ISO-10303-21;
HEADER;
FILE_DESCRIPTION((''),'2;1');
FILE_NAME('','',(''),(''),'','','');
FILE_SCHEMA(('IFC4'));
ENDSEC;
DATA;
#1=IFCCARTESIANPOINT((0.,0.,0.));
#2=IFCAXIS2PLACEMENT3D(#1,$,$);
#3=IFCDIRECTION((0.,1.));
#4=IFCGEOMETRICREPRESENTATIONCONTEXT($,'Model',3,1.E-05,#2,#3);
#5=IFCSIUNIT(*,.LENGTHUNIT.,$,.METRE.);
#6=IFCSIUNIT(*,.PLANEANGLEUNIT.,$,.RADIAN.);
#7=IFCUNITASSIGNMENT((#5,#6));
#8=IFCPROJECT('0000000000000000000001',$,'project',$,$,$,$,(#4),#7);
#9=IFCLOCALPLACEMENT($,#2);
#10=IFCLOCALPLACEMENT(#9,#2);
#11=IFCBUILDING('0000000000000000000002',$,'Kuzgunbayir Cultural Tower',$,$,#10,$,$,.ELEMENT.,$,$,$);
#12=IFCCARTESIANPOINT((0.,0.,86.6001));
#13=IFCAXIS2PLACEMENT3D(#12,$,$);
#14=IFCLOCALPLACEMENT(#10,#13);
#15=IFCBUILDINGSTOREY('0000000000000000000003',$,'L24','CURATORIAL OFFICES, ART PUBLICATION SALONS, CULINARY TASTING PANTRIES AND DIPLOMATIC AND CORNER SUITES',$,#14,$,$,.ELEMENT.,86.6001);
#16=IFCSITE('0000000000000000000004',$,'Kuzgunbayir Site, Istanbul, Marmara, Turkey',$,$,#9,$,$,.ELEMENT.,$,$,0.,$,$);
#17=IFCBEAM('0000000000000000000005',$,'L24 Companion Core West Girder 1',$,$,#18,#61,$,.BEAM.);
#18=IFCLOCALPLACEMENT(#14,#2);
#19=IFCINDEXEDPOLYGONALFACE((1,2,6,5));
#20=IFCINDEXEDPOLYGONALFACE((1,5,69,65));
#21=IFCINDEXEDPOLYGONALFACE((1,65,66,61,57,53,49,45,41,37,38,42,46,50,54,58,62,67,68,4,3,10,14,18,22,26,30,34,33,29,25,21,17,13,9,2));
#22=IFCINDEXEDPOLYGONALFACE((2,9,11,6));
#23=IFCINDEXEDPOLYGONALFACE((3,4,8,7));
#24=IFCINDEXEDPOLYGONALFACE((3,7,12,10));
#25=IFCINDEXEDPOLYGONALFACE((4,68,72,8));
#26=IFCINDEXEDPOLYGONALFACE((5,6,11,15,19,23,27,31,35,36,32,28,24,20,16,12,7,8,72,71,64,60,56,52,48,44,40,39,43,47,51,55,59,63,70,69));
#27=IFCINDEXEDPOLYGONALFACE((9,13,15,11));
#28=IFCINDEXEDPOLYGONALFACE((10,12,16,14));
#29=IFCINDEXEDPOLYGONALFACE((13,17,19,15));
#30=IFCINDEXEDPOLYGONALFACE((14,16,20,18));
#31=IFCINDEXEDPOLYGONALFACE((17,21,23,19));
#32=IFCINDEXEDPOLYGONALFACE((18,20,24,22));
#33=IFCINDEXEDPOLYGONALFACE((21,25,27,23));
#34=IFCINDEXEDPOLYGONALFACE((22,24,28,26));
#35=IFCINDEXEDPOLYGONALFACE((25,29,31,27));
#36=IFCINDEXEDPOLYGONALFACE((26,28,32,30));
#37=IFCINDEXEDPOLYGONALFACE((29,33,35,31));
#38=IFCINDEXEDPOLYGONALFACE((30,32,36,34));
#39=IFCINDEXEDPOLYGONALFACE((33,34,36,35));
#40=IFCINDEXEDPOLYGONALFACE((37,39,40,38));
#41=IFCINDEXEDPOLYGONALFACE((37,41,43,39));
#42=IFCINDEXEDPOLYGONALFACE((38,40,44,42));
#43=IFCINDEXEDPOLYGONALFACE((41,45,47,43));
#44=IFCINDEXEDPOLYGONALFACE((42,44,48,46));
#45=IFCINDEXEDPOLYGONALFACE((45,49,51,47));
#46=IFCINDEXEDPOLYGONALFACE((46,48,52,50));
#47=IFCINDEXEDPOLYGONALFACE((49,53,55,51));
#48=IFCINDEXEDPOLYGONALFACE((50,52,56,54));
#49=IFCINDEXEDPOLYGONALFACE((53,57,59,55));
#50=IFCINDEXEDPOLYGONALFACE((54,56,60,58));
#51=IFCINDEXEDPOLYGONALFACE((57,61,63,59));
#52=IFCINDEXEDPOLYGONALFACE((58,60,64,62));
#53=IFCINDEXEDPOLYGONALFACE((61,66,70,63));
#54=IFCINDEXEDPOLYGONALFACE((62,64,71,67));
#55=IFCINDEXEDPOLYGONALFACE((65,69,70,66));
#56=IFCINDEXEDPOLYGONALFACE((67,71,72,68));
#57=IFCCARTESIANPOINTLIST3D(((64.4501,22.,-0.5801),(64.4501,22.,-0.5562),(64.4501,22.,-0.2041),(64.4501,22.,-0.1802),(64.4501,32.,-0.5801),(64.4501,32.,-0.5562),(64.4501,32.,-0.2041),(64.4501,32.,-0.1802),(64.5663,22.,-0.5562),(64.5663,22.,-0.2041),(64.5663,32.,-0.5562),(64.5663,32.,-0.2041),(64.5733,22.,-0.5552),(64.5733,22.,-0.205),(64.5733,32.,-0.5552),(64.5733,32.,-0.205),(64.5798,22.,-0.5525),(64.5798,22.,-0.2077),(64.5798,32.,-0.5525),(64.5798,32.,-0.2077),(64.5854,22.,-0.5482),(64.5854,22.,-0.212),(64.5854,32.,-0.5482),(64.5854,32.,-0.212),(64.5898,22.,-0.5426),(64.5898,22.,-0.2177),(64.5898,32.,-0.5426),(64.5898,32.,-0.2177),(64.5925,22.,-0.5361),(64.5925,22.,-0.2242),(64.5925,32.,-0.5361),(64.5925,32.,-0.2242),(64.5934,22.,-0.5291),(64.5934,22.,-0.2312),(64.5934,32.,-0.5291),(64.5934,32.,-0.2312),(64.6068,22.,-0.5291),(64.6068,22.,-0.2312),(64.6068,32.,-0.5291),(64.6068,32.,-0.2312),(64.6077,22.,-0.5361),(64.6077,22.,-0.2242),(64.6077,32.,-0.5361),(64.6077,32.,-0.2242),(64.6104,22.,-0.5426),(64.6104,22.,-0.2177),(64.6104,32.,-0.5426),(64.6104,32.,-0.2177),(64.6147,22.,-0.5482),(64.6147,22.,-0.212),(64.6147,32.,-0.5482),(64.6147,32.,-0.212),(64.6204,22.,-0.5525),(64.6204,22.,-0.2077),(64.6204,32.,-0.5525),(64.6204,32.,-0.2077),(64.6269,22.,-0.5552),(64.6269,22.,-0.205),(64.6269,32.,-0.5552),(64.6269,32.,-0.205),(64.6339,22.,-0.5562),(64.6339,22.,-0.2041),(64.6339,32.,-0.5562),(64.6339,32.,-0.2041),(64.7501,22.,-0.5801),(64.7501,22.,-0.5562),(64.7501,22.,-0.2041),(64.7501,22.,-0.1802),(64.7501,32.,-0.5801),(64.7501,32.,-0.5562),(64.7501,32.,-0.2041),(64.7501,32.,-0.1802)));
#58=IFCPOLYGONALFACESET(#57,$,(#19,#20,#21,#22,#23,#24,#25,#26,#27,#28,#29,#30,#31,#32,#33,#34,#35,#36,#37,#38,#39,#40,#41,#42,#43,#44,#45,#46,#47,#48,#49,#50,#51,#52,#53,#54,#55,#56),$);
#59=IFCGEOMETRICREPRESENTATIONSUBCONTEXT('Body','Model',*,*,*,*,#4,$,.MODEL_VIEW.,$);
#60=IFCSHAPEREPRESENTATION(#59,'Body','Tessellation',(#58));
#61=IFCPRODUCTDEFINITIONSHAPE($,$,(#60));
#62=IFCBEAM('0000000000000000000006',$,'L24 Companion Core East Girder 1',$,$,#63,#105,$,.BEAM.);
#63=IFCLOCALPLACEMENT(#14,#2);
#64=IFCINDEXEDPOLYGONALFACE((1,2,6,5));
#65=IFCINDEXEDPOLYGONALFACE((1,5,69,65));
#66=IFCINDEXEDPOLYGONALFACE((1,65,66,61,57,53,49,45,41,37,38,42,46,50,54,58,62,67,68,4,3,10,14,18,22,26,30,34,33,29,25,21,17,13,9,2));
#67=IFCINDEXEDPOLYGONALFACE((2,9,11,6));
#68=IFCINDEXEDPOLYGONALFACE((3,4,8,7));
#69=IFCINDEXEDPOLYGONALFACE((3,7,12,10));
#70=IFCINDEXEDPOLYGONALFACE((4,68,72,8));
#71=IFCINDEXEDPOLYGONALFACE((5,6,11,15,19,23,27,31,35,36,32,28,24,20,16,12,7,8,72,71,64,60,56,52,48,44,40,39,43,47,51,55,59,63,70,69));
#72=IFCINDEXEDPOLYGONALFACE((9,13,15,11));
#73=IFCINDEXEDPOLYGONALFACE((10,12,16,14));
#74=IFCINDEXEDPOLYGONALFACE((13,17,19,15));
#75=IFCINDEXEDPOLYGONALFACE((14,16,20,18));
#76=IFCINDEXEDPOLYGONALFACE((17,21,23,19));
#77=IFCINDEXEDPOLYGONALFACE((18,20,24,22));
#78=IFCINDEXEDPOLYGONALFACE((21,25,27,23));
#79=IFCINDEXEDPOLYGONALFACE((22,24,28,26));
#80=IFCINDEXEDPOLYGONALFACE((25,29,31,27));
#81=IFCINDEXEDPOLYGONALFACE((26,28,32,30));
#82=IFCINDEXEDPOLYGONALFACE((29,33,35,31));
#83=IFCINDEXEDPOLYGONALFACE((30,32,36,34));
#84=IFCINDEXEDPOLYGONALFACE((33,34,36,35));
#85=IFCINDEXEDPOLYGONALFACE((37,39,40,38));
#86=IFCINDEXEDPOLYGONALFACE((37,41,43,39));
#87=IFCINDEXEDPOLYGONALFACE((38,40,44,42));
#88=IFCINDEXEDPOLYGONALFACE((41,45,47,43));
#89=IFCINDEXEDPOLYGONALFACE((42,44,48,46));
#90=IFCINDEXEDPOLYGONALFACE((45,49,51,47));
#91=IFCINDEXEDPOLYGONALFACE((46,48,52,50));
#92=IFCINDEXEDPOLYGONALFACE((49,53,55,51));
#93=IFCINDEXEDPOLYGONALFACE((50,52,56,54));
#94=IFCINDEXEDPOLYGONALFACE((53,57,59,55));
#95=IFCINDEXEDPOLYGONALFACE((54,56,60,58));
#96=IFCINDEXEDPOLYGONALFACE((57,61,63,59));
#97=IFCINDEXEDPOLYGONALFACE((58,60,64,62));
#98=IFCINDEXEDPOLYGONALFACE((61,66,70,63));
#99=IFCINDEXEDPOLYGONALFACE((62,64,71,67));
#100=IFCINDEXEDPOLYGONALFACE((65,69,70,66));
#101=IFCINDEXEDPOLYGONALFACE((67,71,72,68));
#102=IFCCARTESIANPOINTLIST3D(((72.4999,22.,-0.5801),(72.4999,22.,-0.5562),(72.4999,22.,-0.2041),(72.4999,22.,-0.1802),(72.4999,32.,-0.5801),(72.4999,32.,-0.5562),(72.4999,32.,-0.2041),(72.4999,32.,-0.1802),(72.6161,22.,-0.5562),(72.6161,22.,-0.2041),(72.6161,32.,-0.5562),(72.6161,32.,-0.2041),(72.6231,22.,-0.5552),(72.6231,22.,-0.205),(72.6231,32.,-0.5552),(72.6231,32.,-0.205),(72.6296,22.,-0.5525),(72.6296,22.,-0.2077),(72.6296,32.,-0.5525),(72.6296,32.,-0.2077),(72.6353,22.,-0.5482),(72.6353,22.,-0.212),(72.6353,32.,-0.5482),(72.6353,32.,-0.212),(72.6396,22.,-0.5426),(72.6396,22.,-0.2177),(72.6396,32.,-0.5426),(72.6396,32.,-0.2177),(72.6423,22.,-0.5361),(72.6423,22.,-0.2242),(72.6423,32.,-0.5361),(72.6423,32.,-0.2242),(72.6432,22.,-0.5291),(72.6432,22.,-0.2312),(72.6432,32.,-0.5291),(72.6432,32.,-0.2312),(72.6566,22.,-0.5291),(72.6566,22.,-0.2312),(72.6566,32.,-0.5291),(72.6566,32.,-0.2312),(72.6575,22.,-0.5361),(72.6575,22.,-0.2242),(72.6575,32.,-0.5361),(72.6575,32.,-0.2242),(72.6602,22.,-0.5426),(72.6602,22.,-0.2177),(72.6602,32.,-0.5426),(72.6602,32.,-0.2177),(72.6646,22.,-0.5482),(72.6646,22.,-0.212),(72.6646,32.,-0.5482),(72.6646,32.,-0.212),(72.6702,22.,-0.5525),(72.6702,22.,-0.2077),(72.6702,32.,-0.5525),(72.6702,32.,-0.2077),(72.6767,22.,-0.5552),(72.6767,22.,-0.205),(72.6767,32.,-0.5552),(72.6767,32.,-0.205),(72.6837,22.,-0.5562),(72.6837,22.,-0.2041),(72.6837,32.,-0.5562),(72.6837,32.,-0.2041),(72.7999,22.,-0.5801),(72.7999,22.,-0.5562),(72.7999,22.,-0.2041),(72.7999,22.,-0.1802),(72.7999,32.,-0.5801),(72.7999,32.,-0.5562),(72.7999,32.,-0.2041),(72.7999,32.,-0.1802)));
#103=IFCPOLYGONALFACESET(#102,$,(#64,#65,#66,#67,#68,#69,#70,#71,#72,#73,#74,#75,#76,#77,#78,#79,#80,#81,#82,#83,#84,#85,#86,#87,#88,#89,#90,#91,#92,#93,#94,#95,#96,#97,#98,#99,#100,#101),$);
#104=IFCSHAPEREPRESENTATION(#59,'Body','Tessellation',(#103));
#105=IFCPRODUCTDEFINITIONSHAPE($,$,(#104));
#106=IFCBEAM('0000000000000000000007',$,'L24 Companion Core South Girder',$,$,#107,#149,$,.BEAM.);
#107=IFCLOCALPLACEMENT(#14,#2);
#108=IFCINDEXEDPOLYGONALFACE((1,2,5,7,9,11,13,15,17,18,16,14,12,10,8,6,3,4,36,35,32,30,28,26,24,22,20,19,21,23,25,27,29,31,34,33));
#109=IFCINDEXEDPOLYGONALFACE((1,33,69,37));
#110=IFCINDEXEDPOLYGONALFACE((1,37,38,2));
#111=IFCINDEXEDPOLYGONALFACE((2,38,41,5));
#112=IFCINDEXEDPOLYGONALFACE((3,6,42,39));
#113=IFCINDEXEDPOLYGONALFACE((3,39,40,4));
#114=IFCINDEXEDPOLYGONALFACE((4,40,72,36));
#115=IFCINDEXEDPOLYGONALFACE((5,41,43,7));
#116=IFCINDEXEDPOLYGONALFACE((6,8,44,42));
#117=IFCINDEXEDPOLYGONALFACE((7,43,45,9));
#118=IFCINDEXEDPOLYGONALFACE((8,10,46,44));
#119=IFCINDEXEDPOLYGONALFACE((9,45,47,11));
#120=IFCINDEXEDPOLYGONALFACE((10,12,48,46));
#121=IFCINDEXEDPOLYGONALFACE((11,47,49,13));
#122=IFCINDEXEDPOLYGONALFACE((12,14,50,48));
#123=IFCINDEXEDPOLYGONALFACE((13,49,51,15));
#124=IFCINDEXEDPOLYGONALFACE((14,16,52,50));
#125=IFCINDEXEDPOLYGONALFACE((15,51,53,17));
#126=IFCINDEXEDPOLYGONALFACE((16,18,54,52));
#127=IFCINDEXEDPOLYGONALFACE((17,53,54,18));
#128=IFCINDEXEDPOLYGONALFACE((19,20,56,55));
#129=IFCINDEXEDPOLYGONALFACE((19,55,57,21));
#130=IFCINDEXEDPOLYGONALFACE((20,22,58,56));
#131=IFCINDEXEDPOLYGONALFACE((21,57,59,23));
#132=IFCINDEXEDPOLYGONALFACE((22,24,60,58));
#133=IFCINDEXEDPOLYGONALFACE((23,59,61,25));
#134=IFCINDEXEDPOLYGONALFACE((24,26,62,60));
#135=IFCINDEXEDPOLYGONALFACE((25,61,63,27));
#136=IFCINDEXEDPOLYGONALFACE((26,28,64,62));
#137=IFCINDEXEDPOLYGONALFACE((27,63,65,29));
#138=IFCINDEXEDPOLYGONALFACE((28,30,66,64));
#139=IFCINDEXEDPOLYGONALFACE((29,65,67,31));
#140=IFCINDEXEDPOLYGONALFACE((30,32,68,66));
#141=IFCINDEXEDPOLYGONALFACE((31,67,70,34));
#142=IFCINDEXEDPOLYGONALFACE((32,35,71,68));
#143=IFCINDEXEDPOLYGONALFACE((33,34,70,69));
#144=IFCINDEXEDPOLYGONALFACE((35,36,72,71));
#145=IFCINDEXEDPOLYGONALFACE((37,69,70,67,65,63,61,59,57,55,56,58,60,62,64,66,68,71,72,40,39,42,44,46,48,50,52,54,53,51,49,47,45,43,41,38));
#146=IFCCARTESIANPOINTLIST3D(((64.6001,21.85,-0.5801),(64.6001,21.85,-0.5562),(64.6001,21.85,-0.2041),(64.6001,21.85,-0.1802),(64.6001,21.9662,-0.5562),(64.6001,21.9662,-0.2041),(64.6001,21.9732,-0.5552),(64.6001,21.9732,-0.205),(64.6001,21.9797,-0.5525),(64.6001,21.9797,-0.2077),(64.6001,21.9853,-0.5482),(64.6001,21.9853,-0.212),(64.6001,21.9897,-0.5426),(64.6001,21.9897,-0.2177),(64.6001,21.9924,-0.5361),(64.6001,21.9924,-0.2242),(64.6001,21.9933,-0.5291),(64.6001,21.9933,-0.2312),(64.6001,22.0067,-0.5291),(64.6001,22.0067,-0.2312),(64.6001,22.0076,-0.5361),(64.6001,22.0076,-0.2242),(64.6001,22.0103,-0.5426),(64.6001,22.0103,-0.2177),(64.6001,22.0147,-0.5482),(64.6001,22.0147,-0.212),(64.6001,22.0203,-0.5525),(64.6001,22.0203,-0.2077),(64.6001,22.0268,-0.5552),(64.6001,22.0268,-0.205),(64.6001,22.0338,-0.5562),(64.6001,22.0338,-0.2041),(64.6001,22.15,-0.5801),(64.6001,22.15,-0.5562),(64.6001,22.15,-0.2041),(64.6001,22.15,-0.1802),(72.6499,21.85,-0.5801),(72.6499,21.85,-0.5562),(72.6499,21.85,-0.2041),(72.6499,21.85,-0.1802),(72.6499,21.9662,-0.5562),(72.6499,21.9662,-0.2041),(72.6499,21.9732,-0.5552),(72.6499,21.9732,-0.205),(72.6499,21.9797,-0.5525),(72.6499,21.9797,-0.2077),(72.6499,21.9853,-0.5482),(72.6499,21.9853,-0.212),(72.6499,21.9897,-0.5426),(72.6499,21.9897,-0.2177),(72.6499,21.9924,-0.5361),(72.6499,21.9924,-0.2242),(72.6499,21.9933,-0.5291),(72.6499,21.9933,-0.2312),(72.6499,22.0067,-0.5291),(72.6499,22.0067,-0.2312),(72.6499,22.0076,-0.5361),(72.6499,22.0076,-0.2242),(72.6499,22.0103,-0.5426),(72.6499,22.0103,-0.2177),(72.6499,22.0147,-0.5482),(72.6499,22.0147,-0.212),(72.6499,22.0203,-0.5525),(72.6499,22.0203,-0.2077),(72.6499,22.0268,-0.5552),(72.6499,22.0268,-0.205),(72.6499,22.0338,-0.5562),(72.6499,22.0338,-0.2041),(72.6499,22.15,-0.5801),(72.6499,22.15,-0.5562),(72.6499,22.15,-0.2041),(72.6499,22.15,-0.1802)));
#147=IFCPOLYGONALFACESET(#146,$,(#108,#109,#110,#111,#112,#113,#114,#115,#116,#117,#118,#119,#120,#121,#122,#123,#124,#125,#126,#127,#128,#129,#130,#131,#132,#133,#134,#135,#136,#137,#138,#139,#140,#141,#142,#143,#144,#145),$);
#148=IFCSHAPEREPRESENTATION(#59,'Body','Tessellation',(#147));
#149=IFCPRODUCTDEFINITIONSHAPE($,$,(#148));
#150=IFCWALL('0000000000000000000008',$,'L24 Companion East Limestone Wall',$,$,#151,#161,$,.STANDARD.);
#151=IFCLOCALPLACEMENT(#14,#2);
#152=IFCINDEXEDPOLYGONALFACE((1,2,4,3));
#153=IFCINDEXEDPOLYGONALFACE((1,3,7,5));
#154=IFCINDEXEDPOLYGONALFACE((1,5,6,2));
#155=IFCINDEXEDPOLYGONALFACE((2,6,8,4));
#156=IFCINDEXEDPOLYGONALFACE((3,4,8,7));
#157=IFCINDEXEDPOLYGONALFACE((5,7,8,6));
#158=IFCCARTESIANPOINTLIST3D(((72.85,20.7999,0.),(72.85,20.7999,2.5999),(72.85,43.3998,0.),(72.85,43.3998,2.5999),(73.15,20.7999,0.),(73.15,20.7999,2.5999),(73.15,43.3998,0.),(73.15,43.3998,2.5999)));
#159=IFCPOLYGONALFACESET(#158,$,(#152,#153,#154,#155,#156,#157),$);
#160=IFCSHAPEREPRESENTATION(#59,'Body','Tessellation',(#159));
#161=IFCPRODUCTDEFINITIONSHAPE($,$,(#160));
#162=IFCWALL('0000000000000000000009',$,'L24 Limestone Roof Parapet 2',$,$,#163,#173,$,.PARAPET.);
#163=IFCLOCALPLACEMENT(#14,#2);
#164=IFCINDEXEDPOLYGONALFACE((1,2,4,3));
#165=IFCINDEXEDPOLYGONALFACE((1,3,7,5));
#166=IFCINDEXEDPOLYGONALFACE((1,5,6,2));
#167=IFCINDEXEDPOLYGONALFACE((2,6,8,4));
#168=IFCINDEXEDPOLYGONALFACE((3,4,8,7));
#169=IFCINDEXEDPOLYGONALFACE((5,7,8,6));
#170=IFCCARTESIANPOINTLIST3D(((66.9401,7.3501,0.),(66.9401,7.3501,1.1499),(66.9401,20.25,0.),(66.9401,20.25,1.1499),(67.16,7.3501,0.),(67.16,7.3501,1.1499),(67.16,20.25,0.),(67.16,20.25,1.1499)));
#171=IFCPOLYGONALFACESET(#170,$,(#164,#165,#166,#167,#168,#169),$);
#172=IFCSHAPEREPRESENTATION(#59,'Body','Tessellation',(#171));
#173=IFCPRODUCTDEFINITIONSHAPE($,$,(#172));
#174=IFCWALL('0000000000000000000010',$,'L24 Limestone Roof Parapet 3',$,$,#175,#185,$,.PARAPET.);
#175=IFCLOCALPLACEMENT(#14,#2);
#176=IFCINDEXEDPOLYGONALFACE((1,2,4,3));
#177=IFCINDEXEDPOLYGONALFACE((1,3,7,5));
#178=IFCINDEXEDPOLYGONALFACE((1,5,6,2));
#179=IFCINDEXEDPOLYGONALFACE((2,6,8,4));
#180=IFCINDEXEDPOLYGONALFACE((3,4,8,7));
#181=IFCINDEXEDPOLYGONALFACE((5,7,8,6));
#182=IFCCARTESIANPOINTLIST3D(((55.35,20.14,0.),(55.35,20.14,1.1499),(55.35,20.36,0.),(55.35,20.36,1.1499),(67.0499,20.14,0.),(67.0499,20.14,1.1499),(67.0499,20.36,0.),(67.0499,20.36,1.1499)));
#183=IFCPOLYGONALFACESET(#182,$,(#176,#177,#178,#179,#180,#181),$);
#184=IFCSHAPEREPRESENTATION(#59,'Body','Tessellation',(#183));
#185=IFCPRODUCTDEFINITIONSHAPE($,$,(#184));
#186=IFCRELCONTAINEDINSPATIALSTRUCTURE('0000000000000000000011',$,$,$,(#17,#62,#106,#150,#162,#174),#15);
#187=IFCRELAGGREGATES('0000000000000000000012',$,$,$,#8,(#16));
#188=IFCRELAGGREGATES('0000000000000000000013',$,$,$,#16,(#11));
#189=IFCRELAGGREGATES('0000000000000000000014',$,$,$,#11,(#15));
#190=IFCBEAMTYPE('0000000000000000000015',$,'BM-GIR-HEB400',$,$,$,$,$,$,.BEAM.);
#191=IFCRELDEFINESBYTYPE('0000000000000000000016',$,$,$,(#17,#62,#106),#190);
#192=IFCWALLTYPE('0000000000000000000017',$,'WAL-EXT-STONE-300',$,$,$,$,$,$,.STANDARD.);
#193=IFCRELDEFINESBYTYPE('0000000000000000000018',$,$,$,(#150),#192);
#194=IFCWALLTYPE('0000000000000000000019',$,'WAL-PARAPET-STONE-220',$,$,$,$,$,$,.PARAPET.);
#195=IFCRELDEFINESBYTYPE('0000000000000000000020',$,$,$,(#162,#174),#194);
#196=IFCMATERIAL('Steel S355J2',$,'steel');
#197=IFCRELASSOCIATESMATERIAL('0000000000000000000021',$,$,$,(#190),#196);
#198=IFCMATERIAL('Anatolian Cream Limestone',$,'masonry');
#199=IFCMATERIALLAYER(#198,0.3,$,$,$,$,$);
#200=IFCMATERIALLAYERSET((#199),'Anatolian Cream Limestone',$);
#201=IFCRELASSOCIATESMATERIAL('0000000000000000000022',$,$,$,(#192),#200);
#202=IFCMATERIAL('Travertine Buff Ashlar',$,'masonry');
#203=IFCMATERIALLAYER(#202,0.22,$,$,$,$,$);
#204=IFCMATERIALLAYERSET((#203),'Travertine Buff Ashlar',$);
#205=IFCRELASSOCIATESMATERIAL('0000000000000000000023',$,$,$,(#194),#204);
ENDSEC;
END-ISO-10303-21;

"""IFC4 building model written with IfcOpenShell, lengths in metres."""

from ifc_helpers import new_model, si_unit, direction, frame, frame_2d, origin, origin_2d, place, context, subcontext, project, spatial, rectangle, i_section, extrude, material, layer, layer_set, material_profile, profile_set, type_object, element, save


model = new_model("IFC4")

# Units and contexts
model_context = context("Model", 3, precision=1e-05, world=origin(), true_north=direction((0.0, 1.0)))
body_context = subcontext(model_context, "Body", "Model", "MODEL_VIEW")
ifc_project = project(units=[si_unit("LENGTHUNIT", "METRE"), si_unit("PLANEANGLEUNIT", "RADIAN")], contexts=[model_context])

# Site, building, storey
site_placement = place(None, origin())
site = spatial("IfcSite", under=ifc_project, at=site_placement, Name="Kuzgunbayir Site, Istanbul, Marmara, Turkey", CompositionType="ELEMENT", RefElevation=0.0)
building_placement = place(site_placement, origin())
building = spatial("IfcBuilding", under=site, at=building_placement, Name="Kuzgunbayir Cultural Tower", CompositionType="ELEMENT")
storey_placement = place(building_placement, frame((0.0, 0.0, 86.6001)))
storey = spatial("IfcBuildingStorey", under=building, at=storey_placement, Name="L24", Description="CURATORIAL OFFICES, ART PUBLICATION SALONS, CULINARY TASTING PANTRIES AND DIPLOMATIC AND CORNER SUITES", CompositionType="ELEMENT", Elevation=86.6001)

# Beams
ifc_material_1 = material(Name="Steel S355J2", Category="steel")
ifc_material_profile_1 = material_profile(ifc_material_1, i_section(OverallWidth=0.3, OverallDepth=0.3999, WebThickness=0.0134, FlangeThickness=0.0239, FilletRadius=0.0271, at=origin_2d()), Name="HEB 400")
ifc_profile_set_1 = profile_set([ifc_material_profile_1], Name="Steel S355J2")
beam_type_1 = type_object("IfcBeamType", Name="BM-GIR-HEB400", PredefinedType="BEAM", material=ifc_profile_set_1)
for number, where, z_axis, x_axis, name in (
    (1, (64.6001, 22.0, -0.3801), (0.0, 1.0, 0.0), (-1.0, 0.0, 0.0), "L24 Companion Core West Girder 1"),
    (2, (72.6499, 22.0, -0.3801), (0.0, 1.0, 0.0), (-1.0, 0.0, 0.0), "L24 Companion Core East Girder 1"),
):
    element("IfcBeam", number, at=place(storey_placement, frame(where, z_axis=z_axis, x_axis=x_axis)), inside=storey, type_object=beam_type_1, Name=name, PredefinedType="BEAM", context=body_context, shape_type="SweptSolid", body=[
        extrude(i_section(OverallWidth=0.3, OverallDepth=0.3999, WebThickness=0.0134, FlangeThickness=0.0239, FilletRadius=0.0271, at=origin_2d()), origin(), (0.0, 0.0, 1.0), 10.0),
    ])
beam_1_placement = place(storey_placement, frame((64.6001, 22.0, -0.3801), z_axis=(1.0, 0.0, 0.0), x_axis=(0.0, 1.0, 0.0)))
element("IfcBeam", 3, at=beam_1_placement, inside=storey, type_object=beam_type_1, Name="L24 Companion Core South Girder", PredefinedType="BEAM", context=body_context, shape_type="SweptSolid", body=[
    extrude(i_section(OverallWidth=0.3, OverallDepth=0.3999, WebThickness=0.0134, FlangeThickness=0.0239, FilletRadius=0.0271, at=origin_2d()), origin(), (0.0, 0.0, 1.0), 8.0498),
])

# Walls
ifc_material_2 = material(Name="Anatolian Cream Limestone", Category="masonry")
ifc_layer_1 = layer(ifc_material_2, 0.3)
ifc_layer_set_1 = layer_set([ifc_layer_1], Name="Anatolian Cream Limestone")
wall_type_1 = type_object("IfcWallType", Name="WAL-EXT-STONE-300", PredefinedType="STANDARD", material=ifc_layer_set_1)
wall_1_placement = place(storey_placement, frame((73.0, 20.8, 0.0), z_axis=(0.0, 0.0, 1.0), x_axis=(0.0, 1.0, 0.0)))
element("IfcWall", 4, at=wall_1_placement, inside=storey, type_object=wall_type_1, Name="L24 Companion East Limestone Wall", PredefinedType="STANDARD", context=body_context, shape_type="SweptSolid", body=[
    extrude(rectangle(XDim=22.5999, YDim=0.3, at=frame_2d((11.2998, 0.0))), origin(), (0.0, 0.0, 1.0), 2.5999),
])
ifc_material_3 = material(Name="Travertine Buff Ashlar", Category="masonry")
ifc_layer_2 = layer(ifc_material_3, 0.22)
ifc_layer_set_2 = layer_set([ifc_layer_2], Name="Travertine Buff Ashlar")
wall_type_2 = type_object("IfcWallType", Name="WAL-PARAPET-STONE-220", PredefinedType="PARAPET", material=ifc_layer_set_2)
wall_2_placement = place(storey_placement, frame((67.05, 7.3501, 0.0), z_axis=(0.0, 0.0, 1.0), x_axis=(0.0, 1.0, 0.0)))
element("IfcWall", 5, at=wall_2_placement, inside=storey, type_object=wall_type_2, Name="L24 Limestone Roof Parapet 2", PredefinedType="PARAPET", context=body_context, shape_type="SweptSolid", body=[
    extrude(rectangle(XDim=12.8999, YDim=0.22, at=frame_2d((6.45, 0.0))), origin(), (0.0, 0.0, 1.0), 1.1499),
])
wall_3_placement = place(storey_placement, frame((67.05, 20.25, 0.0), z_axis=(0.0, 0.0, 1.0), x_axis=(-1.0, 0.0, 0.0)))
element("IfcWall", 6, at=wall_3_placement, inside=storey, type_object=wall_type_2, Name="L24 Limestone Roof Parapet 3", PredefinedType="PARAPET", context=body_context, shape_type="SweptSolid", body=[
    extrude(rectangle(XDim=11.7, YDim=0.22, at=frame_2d((5.8501, 0.0))), origin(), (0.0, 0.0, 1.0), 1.1499),
])

save(model, "model.ifc")
